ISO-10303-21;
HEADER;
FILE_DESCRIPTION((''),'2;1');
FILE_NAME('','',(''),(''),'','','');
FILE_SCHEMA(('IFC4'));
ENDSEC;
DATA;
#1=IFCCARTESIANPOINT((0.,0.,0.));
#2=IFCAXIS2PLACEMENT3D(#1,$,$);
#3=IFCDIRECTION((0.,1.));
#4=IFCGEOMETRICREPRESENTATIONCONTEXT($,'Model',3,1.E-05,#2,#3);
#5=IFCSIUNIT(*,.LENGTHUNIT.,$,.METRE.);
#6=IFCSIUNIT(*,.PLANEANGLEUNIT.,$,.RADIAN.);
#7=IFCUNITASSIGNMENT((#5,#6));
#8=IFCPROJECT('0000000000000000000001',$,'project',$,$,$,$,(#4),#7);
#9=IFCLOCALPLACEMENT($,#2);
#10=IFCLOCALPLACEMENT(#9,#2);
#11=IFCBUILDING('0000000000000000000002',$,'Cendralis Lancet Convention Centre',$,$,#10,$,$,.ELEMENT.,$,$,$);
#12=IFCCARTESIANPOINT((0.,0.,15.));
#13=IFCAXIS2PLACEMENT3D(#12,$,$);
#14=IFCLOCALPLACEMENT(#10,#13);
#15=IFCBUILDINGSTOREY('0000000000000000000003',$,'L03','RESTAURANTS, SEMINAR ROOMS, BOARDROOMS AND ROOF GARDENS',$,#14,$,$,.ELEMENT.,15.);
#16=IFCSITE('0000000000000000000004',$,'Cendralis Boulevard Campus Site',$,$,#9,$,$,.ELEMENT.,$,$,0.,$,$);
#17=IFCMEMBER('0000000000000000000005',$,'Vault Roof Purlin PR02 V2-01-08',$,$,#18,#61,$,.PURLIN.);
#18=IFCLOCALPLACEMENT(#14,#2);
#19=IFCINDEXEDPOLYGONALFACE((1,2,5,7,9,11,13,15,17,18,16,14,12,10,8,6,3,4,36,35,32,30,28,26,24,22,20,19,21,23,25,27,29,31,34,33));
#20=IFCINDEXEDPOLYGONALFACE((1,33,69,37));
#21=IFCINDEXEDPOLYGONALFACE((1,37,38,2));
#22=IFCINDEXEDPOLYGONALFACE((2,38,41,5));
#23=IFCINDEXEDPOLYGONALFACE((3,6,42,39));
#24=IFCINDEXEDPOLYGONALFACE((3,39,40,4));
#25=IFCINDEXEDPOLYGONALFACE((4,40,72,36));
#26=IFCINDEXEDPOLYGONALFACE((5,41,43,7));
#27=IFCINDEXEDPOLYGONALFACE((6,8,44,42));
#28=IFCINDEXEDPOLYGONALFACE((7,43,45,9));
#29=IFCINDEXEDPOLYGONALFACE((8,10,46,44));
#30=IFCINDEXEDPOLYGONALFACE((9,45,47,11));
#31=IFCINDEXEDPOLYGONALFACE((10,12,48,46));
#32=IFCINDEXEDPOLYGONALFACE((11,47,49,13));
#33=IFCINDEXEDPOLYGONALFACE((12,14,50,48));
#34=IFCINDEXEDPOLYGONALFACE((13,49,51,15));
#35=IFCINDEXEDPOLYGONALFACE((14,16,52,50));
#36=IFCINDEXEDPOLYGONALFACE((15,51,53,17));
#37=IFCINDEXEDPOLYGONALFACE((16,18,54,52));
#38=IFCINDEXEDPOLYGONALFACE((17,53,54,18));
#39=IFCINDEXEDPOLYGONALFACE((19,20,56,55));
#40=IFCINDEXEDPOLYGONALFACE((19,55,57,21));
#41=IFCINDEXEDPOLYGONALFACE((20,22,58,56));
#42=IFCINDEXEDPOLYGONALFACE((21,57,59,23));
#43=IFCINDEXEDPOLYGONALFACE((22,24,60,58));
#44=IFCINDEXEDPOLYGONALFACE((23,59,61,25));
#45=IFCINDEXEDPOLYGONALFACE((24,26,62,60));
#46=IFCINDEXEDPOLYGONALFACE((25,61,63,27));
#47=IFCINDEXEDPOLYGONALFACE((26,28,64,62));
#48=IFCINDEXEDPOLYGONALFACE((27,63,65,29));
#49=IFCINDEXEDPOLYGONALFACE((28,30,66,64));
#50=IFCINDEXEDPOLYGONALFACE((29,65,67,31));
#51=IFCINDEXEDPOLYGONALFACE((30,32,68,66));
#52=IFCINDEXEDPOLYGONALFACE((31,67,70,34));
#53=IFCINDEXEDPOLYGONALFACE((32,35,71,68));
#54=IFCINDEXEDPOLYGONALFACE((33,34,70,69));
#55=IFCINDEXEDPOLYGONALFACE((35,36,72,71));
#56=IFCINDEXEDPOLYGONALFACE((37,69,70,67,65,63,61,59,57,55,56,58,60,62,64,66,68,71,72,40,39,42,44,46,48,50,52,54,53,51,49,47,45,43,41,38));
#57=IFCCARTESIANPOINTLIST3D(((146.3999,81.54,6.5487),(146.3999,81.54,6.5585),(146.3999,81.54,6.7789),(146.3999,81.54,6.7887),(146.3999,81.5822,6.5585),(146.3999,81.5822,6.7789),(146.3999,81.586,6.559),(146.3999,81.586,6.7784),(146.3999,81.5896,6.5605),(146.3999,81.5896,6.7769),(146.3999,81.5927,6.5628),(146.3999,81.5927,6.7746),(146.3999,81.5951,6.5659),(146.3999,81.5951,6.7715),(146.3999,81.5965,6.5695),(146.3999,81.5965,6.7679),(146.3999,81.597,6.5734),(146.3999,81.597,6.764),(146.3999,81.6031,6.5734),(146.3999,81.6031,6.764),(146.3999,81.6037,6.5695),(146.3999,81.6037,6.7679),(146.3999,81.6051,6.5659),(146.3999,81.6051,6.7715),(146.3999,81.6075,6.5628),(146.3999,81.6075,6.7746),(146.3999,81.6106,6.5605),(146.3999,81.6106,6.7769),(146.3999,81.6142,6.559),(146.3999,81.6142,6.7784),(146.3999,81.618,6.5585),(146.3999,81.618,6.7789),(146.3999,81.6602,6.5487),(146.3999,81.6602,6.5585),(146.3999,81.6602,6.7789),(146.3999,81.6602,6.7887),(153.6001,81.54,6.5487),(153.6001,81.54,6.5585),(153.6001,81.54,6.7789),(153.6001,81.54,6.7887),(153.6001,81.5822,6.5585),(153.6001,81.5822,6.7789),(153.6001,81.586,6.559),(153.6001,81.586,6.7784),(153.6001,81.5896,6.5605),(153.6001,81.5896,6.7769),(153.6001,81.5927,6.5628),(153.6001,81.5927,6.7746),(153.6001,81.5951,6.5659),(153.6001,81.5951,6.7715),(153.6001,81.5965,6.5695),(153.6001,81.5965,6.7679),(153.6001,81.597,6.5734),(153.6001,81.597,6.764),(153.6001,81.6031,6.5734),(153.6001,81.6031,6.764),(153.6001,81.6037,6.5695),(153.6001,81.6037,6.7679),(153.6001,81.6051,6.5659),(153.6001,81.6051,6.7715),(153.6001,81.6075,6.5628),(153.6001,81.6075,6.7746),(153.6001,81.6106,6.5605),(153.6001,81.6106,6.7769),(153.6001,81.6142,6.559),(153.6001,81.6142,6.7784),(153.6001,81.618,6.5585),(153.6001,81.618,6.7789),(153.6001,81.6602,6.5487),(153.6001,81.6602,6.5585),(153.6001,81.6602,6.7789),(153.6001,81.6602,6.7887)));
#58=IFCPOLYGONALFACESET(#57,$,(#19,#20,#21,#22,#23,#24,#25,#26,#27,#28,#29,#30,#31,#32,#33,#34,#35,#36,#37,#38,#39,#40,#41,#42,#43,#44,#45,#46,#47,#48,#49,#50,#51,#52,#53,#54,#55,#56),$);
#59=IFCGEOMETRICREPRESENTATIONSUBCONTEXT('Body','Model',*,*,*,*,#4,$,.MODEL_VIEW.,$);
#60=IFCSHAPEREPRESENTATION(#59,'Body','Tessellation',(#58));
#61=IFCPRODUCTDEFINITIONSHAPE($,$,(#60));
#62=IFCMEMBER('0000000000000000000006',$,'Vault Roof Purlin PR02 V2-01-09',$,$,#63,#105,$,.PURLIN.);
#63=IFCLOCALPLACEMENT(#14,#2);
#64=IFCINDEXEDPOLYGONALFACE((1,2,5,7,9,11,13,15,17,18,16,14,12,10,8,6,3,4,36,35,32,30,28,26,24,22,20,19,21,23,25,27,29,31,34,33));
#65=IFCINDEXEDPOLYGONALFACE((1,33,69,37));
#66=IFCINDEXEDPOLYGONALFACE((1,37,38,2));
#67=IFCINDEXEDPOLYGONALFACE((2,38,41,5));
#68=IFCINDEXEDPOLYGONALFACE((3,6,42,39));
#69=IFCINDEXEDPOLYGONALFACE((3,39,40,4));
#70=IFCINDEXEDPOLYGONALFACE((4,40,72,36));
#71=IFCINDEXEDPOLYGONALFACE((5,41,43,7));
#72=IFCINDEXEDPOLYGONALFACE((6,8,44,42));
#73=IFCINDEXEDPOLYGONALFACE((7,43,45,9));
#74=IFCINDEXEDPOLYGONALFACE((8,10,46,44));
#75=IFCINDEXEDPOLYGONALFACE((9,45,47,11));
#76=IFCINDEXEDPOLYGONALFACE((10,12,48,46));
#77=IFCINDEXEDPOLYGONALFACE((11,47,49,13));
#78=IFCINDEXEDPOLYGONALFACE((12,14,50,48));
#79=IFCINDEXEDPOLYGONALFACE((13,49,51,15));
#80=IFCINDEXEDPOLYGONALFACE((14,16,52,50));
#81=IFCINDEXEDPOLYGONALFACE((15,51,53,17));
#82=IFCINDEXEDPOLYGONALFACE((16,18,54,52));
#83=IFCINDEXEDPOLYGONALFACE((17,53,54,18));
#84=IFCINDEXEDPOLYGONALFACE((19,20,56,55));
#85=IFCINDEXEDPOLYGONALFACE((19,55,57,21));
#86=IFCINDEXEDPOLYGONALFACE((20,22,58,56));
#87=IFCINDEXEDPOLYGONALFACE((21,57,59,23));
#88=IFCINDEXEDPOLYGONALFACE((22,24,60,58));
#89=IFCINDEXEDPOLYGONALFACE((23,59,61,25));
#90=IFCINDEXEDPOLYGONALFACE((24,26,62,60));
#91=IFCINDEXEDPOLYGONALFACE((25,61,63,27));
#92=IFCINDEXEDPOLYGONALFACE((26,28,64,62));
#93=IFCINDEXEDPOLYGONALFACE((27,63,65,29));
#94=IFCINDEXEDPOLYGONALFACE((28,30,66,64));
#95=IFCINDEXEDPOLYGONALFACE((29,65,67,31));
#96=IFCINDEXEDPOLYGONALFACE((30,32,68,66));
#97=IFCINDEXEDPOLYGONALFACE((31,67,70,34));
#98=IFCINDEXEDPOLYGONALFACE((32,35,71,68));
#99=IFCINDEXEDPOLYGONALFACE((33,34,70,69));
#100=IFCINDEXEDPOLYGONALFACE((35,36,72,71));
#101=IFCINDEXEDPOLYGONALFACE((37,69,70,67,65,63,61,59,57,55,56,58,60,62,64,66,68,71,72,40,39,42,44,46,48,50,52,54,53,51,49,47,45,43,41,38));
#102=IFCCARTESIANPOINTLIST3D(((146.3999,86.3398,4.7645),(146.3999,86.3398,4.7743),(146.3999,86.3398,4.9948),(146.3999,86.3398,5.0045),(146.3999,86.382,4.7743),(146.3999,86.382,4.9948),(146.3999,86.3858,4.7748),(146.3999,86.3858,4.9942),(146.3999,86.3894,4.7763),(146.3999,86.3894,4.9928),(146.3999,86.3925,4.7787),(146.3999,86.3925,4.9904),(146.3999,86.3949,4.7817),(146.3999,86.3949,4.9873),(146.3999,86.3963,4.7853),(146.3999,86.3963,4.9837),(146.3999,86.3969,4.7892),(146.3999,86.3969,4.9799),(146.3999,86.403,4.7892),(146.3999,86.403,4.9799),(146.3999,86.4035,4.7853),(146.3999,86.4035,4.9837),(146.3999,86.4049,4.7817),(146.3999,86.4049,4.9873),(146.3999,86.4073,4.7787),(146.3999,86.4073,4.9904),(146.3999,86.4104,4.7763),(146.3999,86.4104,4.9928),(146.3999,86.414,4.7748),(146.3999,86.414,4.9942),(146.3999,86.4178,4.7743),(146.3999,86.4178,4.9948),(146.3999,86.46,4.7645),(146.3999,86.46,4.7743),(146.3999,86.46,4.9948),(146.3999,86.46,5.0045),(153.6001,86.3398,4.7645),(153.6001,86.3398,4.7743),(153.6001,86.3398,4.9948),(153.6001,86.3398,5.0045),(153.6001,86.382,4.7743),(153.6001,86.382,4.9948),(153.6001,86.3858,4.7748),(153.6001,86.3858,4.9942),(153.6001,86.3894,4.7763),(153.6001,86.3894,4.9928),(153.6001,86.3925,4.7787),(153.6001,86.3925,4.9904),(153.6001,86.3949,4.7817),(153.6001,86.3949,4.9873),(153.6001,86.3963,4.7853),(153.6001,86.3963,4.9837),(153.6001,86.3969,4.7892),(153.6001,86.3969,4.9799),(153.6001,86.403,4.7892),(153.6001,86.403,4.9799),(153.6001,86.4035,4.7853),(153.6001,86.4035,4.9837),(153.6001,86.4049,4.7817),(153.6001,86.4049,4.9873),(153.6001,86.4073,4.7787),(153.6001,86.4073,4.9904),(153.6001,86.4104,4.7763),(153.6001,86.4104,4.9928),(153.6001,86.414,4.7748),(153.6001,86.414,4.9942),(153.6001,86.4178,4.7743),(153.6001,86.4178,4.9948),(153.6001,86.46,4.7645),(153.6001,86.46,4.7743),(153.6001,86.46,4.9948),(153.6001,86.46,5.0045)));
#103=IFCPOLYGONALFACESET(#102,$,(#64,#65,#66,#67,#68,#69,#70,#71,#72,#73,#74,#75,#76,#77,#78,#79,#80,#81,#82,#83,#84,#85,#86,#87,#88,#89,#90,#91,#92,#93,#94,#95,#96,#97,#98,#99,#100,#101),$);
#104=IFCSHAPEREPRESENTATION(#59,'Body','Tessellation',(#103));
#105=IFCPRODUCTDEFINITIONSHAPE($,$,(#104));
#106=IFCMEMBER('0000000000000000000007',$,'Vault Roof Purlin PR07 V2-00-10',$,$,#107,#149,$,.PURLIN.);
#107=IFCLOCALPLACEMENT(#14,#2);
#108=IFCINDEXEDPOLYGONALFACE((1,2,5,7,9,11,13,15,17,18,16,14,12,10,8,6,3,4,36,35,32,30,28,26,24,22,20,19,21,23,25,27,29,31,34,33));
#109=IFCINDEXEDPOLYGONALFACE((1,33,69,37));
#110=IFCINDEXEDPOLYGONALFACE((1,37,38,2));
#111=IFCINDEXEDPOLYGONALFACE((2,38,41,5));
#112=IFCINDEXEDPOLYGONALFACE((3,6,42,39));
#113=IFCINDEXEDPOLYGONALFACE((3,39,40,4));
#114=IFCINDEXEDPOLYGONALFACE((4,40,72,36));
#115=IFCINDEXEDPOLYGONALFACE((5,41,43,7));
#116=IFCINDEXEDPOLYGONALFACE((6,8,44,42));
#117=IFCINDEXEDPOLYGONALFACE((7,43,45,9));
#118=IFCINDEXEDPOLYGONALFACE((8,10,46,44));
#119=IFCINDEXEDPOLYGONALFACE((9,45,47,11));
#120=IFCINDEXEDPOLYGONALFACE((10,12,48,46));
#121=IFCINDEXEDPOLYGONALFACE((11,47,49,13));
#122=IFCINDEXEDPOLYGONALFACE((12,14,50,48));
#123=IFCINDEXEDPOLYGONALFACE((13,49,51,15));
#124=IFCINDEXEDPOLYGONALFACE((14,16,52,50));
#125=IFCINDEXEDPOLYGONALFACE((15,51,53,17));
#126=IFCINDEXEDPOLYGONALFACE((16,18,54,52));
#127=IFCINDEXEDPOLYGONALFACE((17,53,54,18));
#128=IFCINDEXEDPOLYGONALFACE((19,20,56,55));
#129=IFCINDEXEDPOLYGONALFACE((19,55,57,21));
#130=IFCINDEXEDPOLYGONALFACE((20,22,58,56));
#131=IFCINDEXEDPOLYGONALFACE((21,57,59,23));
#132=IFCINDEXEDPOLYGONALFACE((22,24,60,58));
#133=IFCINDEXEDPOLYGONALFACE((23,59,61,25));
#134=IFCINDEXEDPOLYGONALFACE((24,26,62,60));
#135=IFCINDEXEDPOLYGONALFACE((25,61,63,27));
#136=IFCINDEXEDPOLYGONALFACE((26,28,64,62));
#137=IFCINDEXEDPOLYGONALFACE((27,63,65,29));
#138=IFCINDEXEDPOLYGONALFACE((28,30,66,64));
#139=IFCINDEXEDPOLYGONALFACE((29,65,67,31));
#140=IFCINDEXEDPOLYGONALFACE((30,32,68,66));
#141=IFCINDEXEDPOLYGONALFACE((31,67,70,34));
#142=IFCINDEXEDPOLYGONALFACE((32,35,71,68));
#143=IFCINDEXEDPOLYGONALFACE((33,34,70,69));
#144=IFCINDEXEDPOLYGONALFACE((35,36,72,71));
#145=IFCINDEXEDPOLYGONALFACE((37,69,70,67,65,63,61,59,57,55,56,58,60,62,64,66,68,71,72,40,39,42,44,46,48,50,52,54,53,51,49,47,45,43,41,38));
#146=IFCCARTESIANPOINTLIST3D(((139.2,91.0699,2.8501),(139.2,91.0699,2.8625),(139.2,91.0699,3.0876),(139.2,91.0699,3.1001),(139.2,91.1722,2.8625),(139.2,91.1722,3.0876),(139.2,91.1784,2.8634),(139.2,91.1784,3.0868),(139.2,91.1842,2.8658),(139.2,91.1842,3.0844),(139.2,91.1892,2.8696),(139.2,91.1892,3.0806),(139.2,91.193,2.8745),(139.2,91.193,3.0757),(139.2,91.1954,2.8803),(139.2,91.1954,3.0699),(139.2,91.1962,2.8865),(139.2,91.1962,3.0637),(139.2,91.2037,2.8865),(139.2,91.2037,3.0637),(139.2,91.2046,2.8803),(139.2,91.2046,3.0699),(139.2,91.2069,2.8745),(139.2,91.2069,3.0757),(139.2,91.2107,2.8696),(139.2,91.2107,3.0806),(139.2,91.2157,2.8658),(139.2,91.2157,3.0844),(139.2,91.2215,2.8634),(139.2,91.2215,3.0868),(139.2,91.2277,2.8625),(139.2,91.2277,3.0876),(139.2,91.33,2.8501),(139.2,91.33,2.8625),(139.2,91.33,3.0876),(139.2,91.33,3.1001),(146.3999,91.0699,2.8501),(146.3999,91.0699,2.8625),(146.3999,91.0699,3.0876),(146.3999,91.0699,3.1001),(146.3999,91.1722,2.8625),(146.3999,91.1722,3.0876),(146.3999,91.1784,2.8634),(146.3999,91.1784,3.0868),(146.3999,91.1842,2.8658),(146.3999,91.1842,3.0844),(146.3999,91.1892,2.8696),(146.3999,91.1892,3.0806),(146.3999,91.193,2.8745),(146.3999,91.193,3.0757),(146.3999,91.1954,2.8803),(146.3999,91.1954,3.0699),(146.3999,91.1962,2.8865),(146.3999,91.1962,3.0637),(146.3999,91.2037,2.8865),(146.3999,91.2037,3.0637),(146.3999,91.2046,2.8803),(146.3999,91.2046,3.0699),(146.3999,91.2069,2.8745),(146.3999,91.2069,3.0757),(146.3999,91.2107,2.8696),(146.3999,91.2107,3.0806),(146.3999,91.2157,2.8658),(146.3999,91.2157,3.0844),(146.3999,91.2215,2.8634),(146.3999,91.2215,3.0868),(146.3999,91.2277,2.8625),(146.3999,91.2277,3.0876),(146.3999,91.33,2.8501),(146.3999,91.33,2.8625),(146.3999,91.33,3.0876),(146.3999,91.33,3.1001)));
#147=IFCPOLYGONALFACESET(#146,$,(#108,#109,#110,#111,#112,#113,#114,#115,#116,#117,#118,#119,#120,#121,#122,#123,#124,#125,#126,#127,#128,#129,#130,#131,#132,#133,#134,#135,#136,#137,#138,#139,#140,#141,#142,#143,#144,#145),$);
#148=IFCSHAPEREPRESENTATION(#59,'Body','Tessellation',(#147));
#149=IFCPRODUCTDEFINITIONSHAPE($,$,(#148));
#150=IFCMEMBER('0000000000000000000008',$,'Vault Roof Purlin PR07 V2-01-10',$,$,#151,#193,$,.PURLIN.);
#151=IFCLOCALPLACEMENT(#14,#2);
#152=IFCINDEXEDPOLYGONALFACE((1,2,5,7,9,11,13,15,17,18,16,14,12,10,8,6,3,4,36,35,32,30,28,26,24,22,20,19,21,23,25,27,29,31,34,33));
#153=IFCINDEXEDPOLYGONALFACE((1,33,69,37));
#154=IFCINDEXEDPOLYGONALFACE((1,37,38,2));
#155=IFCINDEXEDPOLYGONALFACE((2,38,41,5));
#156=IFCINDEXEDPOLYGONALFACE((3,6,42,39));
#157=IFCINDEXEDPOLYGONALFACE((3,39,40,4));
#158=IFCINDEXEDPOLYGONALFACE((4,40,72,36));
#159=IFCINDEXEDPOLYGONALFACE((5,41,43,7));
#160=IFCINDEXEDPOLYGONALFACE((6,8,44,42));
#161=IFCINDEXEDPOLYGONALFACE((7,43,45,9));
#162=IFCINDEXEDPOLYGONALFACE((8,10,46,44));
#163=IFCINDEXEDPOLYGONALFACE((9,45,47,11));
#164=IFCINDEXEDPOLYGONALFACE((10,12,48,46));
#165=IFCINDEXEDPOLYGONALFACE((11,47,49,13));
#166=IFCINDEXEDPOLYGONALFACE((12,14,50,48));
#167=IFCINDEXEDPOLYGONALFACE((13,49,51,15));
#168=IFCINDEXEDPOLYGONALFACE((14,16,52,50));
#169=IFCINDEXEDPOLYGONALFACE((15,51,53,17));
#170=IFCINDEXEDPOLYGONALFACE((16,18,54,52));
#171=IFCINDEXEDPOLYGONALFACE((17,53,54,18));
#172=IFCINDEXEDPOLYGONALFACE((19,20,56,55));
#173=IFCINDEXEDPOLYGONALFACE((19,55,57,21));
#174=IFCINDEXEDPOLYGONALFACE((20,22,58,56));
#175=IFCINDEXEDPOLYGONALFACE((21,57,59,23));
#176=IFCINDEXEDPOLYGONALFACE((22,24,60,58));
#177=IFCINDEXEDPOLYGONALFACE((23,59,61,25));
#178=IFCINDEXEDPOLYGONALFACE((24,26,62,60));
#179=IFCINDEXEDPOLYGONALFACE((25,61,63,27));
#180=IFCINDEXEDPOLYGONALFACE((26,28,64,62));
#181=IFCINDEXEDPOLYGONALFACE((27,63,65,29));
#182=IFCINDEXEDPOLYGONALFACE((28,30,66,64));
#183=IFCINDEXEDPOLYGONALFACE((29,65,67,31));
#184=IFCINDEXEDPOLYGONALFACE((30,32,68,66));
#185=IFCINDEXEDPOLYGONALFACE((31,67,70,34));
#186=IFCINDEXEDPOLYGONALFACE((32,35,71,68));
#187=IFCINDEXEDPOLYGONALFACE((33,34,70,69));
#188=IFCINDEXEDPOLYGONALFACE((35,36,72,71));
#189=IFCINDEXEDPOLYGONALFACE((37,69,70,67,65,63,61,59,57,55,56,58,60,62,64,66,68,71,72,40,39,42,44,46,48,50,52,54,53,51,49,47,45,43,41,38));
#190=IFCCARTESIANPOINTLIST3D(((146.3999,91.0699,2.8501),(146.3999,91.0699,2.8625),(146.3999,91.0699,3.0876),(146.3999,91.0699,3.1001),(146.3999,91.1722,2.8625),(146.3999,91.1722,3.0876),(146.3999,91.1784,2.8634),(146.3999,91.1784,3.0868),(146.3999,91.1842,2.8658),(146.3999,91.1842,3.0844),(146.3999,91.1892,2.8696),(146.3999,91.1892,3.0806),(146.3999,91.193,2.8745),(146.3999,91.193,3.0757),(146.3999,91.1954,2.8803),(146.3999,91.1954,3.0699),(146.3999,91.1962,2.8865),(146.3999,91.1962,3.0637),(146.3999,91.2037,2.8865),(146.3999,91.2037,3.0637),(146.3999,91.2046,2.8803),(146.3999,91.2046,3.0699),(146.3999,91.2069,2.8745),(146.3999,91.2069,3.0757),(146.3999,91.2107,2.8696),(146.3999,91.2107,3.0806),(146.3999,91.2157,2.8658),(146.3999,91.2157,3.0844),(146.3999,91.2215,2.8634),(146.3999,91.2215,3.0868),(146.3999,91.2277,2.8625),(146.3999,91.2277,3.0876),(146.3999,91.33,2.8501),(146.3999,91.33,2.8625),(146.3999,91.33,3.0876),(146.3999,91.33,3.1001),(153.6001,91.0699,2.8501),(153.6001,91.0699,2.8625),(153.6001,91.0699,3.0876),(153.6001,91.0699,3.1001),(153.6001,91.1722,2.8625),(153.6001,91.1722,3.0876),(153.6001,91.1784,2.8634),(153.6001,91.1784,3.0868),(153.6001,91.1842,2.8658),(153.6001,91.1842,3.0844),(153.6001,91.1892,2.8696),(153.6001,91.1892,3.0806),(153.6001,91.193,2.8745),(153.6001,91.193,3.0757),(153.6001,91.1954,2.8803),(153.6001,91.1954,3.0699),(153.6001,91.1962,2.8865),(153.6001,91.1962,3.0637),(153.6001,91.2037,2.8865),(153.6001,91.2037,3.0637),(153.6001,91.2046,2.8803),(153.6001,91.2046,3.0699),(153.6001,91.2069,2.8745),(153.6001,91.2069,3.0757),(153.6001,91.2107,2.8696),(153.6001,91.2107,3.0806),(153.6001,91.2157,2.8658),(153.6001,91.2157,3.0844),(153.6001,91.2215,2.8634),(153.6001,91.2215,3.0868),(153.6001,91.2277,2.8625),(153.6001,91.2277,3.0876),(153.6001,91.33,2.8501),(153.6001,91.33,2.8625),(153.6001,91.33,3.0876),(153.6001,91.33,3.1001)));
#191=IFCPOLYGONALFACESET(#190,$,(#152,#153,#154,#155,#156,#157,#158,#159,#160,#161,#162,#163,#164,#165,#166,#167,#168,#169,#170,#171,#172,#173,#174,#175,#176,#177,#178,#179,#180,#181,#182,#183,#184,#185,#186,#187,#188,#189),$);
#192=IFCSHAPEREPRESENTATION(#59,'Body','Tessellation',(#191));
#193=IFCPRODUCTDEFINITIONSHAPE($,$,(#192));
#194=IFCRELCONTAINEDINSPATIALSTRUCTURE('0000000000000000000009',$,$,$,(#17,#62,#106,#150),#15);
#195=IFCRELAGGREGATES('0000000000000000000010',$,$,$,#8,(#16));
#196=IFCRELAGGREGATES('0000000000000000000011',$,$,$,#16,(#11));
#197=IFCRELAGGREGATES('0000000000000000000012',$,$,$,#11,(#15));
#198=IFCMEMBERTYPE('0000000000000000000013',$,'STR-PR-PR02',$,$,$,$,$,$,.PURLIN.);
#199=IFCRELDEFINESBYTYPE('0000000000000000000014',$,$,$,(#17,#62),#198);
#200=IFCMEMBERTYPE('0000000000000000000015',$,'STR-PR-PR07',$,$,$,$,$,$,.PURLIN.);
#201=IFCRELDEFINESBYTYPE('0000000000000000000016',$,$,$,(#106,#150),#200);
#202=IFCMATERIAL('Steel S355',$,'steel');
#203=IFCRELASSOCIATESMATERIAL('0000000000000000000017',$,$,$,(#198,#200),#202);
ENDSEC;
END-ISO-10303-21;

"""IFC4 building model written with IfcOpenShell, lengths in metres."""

from ifc_helpers import new_model, si_unit, direction, frame, origin, origin_2d, place, context, subcontext, project, spatial, i_section, extrude, material, material_profile, profile_set, type_object, element, save


model = new_model("IFC4")

# Units and contexts
model_context = context("Model", 3, precision=1e-05, world=origin(), true_north=direction((0.0, 1.0)))
body_context = subcontext(model_context, "Body", "Model", "MODEL_VIEW")
ifc_project = project(units=[si_unit("LENGTHUNIT", "METRE"), si_unit("PLANEANGLEUNIT", "RADIAN")], contexts=[model_context])

# Site, building, storey
site_placement = place(None, origin())
site = spatial("IfcSite", under=ifc_project, at=site_placement, Name="Cendralis Boulevard Campus Site", CompositionType="ELEMENT", RefElevation=0.0)
building_placement = place(site_placement, origin())
building = spatial("IfcBuilding", under=site, at=building_placement, Name="Cendralis Lancet Convention Centre", CompositionType="ELEMENT")
storey_placement = place(building_placement, frame((0.0, 0.0, 15.0)))
storey = spatial("IfcBuildingStorey", under=building, at=storey_placement, Name="L03", Description="RESTAURANTS, SEMINAR ROOMS, BOARDROOMS AND ROOF GARDENS", CompositionType="ELEMENT", Elevation=15.0)

# Shared definitions
ifc_material_1 = material(Name="Steel S355", Category="steel")

# Members
ifc_material_profile_1 = material_profile(ifc_material_1, i_section(OverallWidth=0.1201, OverallDepth=0.24, WebThickness=0.0061, FlangeThickness=0.0098, FilletRadius=0.0149, at=origin_2d()), Name="IPE 240")
ifc_profile_set_1 = profile_set([ifc_material_profile_1], Name="Steel S355")
member_type_1 = type_object("IfcMemberType", Name="STR-PR-PR02", PredefinedType="PURLIN", material=ifc_profile_set_1)
for number, where, z_axis, x_axis, name in (
    (1, (146.3999, 81.6001, 6.6687), (1.0, 0.0, 0.0), (0.0, 1.0, 0.0), "Vault Roof Purlin PR02 V2-01-08"),
    (2, (146.3999, 86.3999, 4.8845), (1.0, 0.0, 0.0), (0.0, 1.0, 0.0), "Vault Roof Purlin PR02 V2-01-09"),
):
    element("IfcMember", number, at=place(storey_placement, frame(where, z_axis=z_axis, x_axis=x_axis)), inside=storey, type_object=member_type_1, Name=name, PredefinedType="PURLIN", context=body_context, shape_type="SweptSolid", body=[
        extrude(i_section(OverallWidth=0.1201, OverallDepth=0.24, WebThickness=0.0061, FlangeThickness=0.0098, FilletRadius=0.0149, at=origin_2d()), origin(), (0.0, 0.0, 1.0), 7.2002),
    ])
ifc_material_profile_2 = material_profile(ifc_material_1, i_section(OverallWidth=0.26, OverallDepth=0.25, WebThickness=0.0076, FlangeThickness=0.0125, FilletRadius=0.0239, at=origin_2d()), Name="HEA 260")
ifc_profile_set_2 = profile_set([ifc_material_profile_2], Name="Steel S355")
member_type_2 = type_object("IfcMemberType", Name="STR-PR-PR07", PredefinedType="PURLIN", material=ifc_profile_set_2)
member_1_placement = place(storey_placement, frame((139.2, 91.2, 2.9751), z_axis=(1.0, 0.0, 0.0), x_axis=(0.0, 1.0, 0.0)))
element("IfcMember", 3, at=member_1_placement, inside=storey, type_object=member_type_2, Name="Vault Roof Purlin PR07 V2-00-10", PredefinedType="PURLIN", context=body_context, shape_type="SweptSolid", body=[
    extrude(i_section(OverallWidth=0.26, OverallDepth=0.25, WebThickness=0.0076, FlangeThickness=0.0125, FilletRadius=0.0239, at=origin_2d()), origin(), (0.0, 0.0, 1.0), 7.2),
])
member_2_placement = place(storey_placement, frame((146.3999, 91.2, 2.9751), z_axis=(1.0, 0.0, 0.0), x_axis=(0.0, 1.0, 0.0)))
element("IfcMember", 4, at=member_2_placement, inside=storey, type_object=member_type_2, Name="Vault Roof Purlin PR07 V2-01-10", PredefinedType="PURLIN", context=body_context, shape_type="SweptSolid", body=[
    extrude(i_section(OverallWidth=0.26, OverallDepth=0.25, WebThickness=0.0076, FlangeThickness=0.0125, FilletRadius=0.0239, at=origin_2d()), origin(), (0.0, 0.0, 1.0), 7.2002),
])

save(model, "model.ifc")
